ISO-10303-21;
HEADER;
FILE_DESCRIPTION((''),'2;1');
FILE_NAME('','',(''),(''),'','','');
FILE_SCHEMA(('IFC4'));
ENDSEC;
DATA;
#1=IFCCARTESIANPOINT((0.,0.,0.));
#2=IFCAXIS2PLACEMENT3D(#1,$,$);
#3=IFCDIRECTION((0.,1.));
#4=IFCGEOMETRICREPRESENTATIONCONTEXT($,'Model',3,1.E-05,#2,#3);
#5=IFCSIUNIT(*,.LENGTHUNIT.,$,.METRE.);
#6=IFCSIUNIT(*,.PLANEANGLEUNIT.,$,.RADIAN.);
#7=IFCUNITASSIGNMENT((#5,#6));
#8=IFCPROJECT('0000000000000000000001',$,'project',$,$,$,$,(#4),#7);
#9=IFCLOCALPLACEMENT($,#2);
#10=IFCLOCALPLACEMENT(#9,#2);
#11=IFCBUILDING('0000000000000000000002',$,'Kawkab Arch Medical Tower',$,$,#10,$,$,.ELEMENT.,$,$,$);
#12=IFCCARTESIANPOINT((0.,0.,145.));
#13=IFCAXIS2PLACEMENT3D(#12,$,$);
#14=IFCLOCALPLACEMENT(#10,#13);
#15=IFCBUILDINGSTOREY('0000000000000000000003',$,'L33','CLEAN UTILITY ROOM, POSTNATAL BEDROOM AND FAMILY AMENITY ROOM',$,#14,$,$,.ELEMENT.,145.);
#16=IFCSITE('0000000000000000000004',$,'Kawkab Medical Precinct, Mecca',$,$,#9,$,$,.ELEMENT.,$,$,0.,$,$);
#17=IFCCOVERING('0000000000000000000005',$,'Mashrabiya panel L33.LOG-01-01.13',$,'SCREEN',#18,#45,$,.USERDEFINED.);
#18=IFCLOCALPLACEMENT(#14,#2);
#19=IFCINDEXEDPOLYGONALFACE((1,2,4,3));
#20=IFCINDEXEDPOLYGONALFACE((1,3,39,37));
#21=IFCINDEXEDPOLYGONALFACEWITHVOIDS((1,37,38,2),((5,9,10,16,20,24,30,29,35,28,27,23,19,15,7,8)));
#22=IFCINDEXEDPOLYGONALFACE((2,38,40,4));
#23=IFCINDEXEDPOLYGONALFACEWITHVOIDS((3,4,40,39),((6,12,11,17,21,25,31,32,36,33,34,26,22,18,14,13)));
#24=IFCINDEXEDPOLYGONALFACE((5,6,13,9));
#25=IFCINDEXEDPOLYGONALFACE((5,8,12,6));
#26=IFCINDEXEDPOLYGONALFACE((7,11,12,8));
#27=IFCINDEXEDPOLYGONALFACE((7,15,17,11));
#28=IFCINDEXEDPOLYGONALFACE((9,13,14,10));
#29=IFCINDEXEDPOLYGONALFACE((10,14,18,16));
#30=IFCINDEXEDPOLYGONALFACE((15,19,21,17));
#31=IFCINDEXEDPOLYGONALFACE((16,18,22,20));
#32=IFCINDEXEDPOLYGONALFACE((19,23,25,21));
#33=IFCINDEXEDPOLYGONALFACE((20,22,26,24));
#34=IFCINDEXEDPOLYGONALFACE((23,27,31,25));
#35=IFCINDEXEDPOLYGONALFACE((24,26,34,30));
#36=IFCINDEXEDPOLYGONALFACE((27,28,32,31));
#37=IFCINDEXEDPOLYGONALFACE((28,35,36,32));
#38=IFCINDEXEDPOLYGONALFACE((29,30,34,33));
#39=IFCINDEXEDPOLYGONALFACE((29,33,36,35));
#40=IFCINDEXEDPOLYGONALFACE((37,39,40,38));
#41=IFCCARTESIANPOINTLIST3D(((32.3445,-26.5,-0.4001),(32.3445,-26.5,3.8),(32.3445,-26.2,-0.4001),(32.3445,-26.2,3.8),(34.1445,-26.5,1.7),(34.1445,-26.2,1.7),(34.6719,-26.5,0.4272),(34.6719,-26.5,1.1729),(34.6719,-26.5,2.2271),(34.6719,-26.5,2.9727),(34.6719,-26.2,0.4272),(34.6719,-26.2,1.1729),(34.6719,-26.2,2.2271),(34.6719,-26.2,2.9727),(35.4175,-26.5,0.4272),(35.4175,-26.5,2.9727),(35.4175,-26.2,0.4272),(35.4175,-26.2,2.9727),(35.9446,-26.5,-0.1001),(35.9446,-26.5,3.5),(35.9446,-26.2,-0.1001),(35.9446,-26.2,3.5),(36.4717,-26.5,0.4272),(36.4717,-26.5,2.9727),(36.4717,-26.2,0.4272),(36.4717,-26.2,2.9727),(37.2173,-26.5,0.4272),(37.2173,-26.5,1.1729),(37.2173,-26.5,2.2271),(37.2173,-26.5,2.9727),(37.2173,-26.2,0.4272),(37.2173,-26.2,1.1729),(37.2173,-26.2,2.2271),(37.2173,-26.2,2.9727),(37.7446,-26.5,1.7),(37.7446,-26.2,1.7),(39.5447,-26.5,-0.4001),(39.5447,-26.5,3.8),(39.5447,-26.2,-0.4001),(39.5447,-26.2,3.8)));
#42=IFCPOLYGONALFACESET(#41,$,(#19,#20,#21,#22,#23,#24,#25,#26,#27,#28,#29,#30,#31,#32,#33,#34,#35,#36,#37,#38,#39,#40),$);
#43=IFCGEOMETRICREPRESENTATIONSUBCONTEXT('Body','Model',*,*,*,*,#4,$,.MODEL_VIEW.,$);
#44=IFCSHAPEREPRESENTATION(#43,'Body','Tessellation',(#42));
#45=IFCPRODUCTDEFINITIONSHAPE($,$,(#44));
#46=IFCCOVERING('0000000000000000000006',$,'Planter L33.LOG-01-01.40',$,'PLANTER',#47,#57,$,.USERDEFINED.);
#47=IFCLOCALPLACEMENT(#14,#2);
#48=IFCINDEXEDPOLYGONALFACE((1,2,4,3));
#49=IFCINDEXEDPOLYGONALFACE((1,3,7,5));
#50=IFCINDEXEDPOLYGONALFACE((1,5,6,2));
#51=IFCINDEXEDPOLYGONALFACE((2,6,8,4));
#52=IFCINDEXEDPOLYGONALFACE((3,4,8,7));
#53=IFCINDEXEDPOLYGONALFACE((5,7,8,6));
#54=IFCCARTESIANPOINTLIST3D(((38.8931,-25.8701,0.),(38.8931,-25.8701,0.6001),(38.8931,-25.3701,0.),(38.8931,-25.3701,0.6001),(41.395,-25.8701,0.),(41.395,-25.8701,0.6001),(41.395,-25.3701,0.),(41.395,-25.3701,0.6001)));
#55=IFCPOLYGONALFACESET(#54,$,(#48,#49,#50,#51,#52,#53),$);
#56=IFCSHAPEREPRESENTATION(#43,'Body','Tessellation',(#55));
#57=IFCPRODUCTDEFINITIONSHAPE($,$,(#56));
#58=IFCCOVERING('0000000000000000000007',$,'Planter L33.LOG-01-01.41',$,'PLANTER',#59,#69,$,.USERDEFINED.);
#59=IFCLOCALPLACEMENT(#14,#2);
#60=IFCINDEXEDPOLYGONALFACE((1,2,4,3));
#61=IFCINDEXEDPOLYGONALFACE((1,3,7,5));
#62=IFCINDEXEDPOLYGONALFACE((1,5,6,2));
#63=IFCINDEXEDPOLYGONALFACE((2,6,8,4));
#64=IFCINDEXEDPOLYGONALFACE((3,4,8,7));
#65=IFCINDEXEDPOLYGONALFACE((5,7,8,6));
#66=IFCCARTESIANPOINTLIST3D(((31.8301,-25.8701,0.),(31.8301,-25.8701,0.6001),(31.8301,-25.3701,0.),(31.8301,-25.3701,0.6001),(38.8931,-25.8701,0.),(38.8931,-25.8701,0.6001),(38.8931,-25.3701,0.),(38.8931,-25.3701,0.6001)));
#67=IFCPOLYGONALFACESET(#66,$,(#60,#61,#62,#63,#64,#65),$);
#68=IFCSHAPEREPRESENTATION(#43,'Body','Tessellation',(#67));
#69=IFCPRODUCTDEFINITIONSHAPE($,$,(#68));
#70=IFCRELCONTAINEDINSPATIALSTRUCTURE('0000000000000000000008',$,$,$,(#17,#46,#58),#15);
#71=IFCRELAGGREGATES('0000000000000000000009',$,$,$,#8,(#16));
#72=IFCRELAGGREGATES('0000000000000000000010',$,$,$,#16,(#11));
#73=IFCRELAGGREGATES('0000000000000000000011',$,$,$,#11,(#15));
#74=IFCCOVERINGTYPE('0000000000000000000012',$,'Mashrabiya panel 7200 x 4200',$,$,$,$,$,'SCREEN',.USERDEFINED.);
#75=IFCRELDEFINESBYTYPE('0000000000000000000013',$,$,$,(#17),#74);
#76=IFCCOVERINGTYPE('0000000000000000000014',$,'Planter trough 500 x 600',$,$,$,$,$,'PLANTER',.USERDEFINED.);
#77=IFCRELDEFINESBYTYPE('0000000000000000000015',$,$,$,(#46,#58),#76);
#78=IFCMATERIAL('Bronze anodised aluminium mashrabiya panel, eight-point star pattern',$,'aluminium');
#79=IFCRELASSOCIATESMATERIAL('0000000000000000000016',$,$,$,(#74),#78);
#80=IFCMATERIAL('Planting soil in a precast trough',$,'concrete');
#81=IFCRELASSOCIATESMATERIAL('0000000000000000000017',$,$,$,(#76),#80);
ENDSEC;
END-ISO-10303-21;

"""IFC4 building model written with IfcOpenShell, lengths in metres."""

from ifc_helpers import new_model, si_unit, direction, frame, origin, origin_2d, place, context, subcontext, project, spatial, polyline, rectangle, outline, extrude, material, material_profile, profile_set, type_object, element, save


model = new_model("IFC4")

# Units and contexts
model_context = context("Model", 3, precision=1e-05, world=origin(), true_north=direction((0.0, 1.0)))
body_context = subcontext(model_context, "Body", "Model", "MODEL_VIEW")
ifc_project = project(units=[si_unit("LENGTHUNIT", "METRE"), si_unit("PLANEANGLEUNIT", "RADIAN")], contexts=[model_context])

# Site, building, storey
site_placement = place(None, origin())
site = spatial("IfcSite", under=ifc_project, at=site_placement, Name="Kawkab Medical Precinct, Mecca", CompositionType="ELEMENT", RefElevation=0.0)
building_placement = place(site_placement, origin())
building = spatial("IfcBuilding", under=site, at=building_placement, Name="Kawkab Arch Medical Tower", CompositionType="ELEMENT")
storey_placement = place(building_placement, frame((0.0, 0.0, 145.0)))
storey = spatial("IfcBuildingStorey", under=building, at=storey_placement, Name="L33", Description="CLEAN UTILITY ROOM, POSTNATAL BEDROOM AND FAMILY AMENITY ROOM", CompositionType="ELEMENT", Elevation=145.0)

# Coverings
ifc_material_1 = material(Name="Bronze anodised aluminium mashrabiya panel, eight-point star pattern", Category="aluminium")
ifc_material_profile_1 = material_profile(ifc_material_1, outline(polyline([(-3.6001, -2.1001), (3.6001, -2.1001), (3.6001, 2.1001), (-3.6001, 2.1001), (-3.6001, -2.1001)]), holes=[polyline([(1.8, 0.0), (1.2727, 0.5271), (1.2727, 1.2727), (0.5271, 1.2727), (0.0, 1.8), (-0.5271, 1.2727), (-1.2727, 1.2727), (-1.2727, 0.5271), (-1.8, 0.0), (-1.2727, -0.5271), (-1.2727, -1.2727), (-0.5271, -1.2727), (0.0, -1.8), (0.5271, -1.2727), (1.2727, -1.2727), (1.2727, -0.5271), (1.8, 0.0)])]), Name="Mashrabiya panel 7200x4200")
ifc_profile_set_1 = profile_set([ifc_material_profile_1], Name="Bronze anodised aluminium mashrabiya panel, eight-point star pattern")
covering_type_1 = type_object("IfcCoveringType", Name="Mashrabiya panel 7200 x 4200", ElementType="SCREEN", PredefinedType="USERDEFINED", material=ifc_profile_set_1)
covering_1_placement = place(storey_placement, frame((35.9446, -26.2, 1.7), z_axis=(0.0, -1.0, 0.0), x_axis=(1.0, 0.0, 0.0)))
element("IfcCovering", 1, at=covering_1_placement, inside=storey, type_object=covering_type_1, Name="Mashrabiya panel L33.LOG-01-01.13", ObjectType="SCREEN", PredefinedType="USERDEFINED", context=body_context, shape_type="SweptSolid", body=[
    extrude(outline(polyline([(-3.6001, -2.1001), (3.6001, -2.1001), (3.6001, 2.1001), (-3.6001, 2.1001), (-3.6001, -2.1001)]), holes=[polyline([(1.8, 0.0), (1.2727, 0.5271), (1.2727, 1.2727), (0.5271, 1.2727), (0.0, 1.8), (-0.5271, 1.2727), (-1.2727, 1.2727), (-1.2727, 0.5271), (-1.8, 0.0), (-1.2727, -0.5271), (-1.2727, -1.2727), (-0.5271, -1.2727), (0.0, -1.8), (0.5271, -1.2727), (1.2727, -1.2727), (1.2727, -0.5271), (1.8, 0.0)])]), origin(), (0.0, 0.0, 1.0), 0.3),
])
ifc_material_2 = material(Name="Planting soil in a precast trough", Category="concrete")
ifc_material_profile_2 = material_profile(ifc_material_2, rectangle(XDim=0.5, YDim=0.6001, at=origin_2d()), Name="Trough 500x600")
ifc_profile_set_2 = profile_set([ifc_material_profile_2], Name="Planting soil in a precast trough")
covering_type_2 = type_object("IfcCoveringType", Name="Planter trough 500 x 600", ElementType="PLANTER", PredefinedType="USERDEFINED", material=ifc_profile_set_2)
covering_2_placement = place(storey_placement, frame((41.395, -25.6201, 0.3), z_axis=(-1.0, 0.0, 0.0), x_axis=(0.0, -1.0, 0.0)))
element("IfcCovering", 2, at=covering_2_placement, inside=storey, type_object=covering_type_2, Name="Planter L33.LOG-01-01.40", ObjectType="PLANTER", PredefinedType="USERDEFINED", context=body_context, shape_type="SweptSolid", body=[
    extrude(rectangle(XDim=0.5, YDim=0.6001, at=origin_2d()), origin(), (0.0, 0.0, 1.0), 2.502),
])
covering_3_placement = place(storey_placement, frame((38.8931, -25.6201, 0.3), z_axis=(-1.0, 0.0, 0.0), x_axis=(0.0, -1.0, 0.0)))
element("IfcCovering", 3, at=covering_3_placement, inside=storey, type_object=covering_type_2, Name="Planter L33.LOG-01-01.41", ObjectType="PLANTER", PredefinedType="USERDEFINED", context=body_context, shape_type="SweptSolid", body=[
    extrude(rectangle(XDim=0.5, YDim=0.6001, at=origin_2d()), origin(), (0.0, 0.0, 1.0), 7.063),
])

save(model, "model.ifc")
